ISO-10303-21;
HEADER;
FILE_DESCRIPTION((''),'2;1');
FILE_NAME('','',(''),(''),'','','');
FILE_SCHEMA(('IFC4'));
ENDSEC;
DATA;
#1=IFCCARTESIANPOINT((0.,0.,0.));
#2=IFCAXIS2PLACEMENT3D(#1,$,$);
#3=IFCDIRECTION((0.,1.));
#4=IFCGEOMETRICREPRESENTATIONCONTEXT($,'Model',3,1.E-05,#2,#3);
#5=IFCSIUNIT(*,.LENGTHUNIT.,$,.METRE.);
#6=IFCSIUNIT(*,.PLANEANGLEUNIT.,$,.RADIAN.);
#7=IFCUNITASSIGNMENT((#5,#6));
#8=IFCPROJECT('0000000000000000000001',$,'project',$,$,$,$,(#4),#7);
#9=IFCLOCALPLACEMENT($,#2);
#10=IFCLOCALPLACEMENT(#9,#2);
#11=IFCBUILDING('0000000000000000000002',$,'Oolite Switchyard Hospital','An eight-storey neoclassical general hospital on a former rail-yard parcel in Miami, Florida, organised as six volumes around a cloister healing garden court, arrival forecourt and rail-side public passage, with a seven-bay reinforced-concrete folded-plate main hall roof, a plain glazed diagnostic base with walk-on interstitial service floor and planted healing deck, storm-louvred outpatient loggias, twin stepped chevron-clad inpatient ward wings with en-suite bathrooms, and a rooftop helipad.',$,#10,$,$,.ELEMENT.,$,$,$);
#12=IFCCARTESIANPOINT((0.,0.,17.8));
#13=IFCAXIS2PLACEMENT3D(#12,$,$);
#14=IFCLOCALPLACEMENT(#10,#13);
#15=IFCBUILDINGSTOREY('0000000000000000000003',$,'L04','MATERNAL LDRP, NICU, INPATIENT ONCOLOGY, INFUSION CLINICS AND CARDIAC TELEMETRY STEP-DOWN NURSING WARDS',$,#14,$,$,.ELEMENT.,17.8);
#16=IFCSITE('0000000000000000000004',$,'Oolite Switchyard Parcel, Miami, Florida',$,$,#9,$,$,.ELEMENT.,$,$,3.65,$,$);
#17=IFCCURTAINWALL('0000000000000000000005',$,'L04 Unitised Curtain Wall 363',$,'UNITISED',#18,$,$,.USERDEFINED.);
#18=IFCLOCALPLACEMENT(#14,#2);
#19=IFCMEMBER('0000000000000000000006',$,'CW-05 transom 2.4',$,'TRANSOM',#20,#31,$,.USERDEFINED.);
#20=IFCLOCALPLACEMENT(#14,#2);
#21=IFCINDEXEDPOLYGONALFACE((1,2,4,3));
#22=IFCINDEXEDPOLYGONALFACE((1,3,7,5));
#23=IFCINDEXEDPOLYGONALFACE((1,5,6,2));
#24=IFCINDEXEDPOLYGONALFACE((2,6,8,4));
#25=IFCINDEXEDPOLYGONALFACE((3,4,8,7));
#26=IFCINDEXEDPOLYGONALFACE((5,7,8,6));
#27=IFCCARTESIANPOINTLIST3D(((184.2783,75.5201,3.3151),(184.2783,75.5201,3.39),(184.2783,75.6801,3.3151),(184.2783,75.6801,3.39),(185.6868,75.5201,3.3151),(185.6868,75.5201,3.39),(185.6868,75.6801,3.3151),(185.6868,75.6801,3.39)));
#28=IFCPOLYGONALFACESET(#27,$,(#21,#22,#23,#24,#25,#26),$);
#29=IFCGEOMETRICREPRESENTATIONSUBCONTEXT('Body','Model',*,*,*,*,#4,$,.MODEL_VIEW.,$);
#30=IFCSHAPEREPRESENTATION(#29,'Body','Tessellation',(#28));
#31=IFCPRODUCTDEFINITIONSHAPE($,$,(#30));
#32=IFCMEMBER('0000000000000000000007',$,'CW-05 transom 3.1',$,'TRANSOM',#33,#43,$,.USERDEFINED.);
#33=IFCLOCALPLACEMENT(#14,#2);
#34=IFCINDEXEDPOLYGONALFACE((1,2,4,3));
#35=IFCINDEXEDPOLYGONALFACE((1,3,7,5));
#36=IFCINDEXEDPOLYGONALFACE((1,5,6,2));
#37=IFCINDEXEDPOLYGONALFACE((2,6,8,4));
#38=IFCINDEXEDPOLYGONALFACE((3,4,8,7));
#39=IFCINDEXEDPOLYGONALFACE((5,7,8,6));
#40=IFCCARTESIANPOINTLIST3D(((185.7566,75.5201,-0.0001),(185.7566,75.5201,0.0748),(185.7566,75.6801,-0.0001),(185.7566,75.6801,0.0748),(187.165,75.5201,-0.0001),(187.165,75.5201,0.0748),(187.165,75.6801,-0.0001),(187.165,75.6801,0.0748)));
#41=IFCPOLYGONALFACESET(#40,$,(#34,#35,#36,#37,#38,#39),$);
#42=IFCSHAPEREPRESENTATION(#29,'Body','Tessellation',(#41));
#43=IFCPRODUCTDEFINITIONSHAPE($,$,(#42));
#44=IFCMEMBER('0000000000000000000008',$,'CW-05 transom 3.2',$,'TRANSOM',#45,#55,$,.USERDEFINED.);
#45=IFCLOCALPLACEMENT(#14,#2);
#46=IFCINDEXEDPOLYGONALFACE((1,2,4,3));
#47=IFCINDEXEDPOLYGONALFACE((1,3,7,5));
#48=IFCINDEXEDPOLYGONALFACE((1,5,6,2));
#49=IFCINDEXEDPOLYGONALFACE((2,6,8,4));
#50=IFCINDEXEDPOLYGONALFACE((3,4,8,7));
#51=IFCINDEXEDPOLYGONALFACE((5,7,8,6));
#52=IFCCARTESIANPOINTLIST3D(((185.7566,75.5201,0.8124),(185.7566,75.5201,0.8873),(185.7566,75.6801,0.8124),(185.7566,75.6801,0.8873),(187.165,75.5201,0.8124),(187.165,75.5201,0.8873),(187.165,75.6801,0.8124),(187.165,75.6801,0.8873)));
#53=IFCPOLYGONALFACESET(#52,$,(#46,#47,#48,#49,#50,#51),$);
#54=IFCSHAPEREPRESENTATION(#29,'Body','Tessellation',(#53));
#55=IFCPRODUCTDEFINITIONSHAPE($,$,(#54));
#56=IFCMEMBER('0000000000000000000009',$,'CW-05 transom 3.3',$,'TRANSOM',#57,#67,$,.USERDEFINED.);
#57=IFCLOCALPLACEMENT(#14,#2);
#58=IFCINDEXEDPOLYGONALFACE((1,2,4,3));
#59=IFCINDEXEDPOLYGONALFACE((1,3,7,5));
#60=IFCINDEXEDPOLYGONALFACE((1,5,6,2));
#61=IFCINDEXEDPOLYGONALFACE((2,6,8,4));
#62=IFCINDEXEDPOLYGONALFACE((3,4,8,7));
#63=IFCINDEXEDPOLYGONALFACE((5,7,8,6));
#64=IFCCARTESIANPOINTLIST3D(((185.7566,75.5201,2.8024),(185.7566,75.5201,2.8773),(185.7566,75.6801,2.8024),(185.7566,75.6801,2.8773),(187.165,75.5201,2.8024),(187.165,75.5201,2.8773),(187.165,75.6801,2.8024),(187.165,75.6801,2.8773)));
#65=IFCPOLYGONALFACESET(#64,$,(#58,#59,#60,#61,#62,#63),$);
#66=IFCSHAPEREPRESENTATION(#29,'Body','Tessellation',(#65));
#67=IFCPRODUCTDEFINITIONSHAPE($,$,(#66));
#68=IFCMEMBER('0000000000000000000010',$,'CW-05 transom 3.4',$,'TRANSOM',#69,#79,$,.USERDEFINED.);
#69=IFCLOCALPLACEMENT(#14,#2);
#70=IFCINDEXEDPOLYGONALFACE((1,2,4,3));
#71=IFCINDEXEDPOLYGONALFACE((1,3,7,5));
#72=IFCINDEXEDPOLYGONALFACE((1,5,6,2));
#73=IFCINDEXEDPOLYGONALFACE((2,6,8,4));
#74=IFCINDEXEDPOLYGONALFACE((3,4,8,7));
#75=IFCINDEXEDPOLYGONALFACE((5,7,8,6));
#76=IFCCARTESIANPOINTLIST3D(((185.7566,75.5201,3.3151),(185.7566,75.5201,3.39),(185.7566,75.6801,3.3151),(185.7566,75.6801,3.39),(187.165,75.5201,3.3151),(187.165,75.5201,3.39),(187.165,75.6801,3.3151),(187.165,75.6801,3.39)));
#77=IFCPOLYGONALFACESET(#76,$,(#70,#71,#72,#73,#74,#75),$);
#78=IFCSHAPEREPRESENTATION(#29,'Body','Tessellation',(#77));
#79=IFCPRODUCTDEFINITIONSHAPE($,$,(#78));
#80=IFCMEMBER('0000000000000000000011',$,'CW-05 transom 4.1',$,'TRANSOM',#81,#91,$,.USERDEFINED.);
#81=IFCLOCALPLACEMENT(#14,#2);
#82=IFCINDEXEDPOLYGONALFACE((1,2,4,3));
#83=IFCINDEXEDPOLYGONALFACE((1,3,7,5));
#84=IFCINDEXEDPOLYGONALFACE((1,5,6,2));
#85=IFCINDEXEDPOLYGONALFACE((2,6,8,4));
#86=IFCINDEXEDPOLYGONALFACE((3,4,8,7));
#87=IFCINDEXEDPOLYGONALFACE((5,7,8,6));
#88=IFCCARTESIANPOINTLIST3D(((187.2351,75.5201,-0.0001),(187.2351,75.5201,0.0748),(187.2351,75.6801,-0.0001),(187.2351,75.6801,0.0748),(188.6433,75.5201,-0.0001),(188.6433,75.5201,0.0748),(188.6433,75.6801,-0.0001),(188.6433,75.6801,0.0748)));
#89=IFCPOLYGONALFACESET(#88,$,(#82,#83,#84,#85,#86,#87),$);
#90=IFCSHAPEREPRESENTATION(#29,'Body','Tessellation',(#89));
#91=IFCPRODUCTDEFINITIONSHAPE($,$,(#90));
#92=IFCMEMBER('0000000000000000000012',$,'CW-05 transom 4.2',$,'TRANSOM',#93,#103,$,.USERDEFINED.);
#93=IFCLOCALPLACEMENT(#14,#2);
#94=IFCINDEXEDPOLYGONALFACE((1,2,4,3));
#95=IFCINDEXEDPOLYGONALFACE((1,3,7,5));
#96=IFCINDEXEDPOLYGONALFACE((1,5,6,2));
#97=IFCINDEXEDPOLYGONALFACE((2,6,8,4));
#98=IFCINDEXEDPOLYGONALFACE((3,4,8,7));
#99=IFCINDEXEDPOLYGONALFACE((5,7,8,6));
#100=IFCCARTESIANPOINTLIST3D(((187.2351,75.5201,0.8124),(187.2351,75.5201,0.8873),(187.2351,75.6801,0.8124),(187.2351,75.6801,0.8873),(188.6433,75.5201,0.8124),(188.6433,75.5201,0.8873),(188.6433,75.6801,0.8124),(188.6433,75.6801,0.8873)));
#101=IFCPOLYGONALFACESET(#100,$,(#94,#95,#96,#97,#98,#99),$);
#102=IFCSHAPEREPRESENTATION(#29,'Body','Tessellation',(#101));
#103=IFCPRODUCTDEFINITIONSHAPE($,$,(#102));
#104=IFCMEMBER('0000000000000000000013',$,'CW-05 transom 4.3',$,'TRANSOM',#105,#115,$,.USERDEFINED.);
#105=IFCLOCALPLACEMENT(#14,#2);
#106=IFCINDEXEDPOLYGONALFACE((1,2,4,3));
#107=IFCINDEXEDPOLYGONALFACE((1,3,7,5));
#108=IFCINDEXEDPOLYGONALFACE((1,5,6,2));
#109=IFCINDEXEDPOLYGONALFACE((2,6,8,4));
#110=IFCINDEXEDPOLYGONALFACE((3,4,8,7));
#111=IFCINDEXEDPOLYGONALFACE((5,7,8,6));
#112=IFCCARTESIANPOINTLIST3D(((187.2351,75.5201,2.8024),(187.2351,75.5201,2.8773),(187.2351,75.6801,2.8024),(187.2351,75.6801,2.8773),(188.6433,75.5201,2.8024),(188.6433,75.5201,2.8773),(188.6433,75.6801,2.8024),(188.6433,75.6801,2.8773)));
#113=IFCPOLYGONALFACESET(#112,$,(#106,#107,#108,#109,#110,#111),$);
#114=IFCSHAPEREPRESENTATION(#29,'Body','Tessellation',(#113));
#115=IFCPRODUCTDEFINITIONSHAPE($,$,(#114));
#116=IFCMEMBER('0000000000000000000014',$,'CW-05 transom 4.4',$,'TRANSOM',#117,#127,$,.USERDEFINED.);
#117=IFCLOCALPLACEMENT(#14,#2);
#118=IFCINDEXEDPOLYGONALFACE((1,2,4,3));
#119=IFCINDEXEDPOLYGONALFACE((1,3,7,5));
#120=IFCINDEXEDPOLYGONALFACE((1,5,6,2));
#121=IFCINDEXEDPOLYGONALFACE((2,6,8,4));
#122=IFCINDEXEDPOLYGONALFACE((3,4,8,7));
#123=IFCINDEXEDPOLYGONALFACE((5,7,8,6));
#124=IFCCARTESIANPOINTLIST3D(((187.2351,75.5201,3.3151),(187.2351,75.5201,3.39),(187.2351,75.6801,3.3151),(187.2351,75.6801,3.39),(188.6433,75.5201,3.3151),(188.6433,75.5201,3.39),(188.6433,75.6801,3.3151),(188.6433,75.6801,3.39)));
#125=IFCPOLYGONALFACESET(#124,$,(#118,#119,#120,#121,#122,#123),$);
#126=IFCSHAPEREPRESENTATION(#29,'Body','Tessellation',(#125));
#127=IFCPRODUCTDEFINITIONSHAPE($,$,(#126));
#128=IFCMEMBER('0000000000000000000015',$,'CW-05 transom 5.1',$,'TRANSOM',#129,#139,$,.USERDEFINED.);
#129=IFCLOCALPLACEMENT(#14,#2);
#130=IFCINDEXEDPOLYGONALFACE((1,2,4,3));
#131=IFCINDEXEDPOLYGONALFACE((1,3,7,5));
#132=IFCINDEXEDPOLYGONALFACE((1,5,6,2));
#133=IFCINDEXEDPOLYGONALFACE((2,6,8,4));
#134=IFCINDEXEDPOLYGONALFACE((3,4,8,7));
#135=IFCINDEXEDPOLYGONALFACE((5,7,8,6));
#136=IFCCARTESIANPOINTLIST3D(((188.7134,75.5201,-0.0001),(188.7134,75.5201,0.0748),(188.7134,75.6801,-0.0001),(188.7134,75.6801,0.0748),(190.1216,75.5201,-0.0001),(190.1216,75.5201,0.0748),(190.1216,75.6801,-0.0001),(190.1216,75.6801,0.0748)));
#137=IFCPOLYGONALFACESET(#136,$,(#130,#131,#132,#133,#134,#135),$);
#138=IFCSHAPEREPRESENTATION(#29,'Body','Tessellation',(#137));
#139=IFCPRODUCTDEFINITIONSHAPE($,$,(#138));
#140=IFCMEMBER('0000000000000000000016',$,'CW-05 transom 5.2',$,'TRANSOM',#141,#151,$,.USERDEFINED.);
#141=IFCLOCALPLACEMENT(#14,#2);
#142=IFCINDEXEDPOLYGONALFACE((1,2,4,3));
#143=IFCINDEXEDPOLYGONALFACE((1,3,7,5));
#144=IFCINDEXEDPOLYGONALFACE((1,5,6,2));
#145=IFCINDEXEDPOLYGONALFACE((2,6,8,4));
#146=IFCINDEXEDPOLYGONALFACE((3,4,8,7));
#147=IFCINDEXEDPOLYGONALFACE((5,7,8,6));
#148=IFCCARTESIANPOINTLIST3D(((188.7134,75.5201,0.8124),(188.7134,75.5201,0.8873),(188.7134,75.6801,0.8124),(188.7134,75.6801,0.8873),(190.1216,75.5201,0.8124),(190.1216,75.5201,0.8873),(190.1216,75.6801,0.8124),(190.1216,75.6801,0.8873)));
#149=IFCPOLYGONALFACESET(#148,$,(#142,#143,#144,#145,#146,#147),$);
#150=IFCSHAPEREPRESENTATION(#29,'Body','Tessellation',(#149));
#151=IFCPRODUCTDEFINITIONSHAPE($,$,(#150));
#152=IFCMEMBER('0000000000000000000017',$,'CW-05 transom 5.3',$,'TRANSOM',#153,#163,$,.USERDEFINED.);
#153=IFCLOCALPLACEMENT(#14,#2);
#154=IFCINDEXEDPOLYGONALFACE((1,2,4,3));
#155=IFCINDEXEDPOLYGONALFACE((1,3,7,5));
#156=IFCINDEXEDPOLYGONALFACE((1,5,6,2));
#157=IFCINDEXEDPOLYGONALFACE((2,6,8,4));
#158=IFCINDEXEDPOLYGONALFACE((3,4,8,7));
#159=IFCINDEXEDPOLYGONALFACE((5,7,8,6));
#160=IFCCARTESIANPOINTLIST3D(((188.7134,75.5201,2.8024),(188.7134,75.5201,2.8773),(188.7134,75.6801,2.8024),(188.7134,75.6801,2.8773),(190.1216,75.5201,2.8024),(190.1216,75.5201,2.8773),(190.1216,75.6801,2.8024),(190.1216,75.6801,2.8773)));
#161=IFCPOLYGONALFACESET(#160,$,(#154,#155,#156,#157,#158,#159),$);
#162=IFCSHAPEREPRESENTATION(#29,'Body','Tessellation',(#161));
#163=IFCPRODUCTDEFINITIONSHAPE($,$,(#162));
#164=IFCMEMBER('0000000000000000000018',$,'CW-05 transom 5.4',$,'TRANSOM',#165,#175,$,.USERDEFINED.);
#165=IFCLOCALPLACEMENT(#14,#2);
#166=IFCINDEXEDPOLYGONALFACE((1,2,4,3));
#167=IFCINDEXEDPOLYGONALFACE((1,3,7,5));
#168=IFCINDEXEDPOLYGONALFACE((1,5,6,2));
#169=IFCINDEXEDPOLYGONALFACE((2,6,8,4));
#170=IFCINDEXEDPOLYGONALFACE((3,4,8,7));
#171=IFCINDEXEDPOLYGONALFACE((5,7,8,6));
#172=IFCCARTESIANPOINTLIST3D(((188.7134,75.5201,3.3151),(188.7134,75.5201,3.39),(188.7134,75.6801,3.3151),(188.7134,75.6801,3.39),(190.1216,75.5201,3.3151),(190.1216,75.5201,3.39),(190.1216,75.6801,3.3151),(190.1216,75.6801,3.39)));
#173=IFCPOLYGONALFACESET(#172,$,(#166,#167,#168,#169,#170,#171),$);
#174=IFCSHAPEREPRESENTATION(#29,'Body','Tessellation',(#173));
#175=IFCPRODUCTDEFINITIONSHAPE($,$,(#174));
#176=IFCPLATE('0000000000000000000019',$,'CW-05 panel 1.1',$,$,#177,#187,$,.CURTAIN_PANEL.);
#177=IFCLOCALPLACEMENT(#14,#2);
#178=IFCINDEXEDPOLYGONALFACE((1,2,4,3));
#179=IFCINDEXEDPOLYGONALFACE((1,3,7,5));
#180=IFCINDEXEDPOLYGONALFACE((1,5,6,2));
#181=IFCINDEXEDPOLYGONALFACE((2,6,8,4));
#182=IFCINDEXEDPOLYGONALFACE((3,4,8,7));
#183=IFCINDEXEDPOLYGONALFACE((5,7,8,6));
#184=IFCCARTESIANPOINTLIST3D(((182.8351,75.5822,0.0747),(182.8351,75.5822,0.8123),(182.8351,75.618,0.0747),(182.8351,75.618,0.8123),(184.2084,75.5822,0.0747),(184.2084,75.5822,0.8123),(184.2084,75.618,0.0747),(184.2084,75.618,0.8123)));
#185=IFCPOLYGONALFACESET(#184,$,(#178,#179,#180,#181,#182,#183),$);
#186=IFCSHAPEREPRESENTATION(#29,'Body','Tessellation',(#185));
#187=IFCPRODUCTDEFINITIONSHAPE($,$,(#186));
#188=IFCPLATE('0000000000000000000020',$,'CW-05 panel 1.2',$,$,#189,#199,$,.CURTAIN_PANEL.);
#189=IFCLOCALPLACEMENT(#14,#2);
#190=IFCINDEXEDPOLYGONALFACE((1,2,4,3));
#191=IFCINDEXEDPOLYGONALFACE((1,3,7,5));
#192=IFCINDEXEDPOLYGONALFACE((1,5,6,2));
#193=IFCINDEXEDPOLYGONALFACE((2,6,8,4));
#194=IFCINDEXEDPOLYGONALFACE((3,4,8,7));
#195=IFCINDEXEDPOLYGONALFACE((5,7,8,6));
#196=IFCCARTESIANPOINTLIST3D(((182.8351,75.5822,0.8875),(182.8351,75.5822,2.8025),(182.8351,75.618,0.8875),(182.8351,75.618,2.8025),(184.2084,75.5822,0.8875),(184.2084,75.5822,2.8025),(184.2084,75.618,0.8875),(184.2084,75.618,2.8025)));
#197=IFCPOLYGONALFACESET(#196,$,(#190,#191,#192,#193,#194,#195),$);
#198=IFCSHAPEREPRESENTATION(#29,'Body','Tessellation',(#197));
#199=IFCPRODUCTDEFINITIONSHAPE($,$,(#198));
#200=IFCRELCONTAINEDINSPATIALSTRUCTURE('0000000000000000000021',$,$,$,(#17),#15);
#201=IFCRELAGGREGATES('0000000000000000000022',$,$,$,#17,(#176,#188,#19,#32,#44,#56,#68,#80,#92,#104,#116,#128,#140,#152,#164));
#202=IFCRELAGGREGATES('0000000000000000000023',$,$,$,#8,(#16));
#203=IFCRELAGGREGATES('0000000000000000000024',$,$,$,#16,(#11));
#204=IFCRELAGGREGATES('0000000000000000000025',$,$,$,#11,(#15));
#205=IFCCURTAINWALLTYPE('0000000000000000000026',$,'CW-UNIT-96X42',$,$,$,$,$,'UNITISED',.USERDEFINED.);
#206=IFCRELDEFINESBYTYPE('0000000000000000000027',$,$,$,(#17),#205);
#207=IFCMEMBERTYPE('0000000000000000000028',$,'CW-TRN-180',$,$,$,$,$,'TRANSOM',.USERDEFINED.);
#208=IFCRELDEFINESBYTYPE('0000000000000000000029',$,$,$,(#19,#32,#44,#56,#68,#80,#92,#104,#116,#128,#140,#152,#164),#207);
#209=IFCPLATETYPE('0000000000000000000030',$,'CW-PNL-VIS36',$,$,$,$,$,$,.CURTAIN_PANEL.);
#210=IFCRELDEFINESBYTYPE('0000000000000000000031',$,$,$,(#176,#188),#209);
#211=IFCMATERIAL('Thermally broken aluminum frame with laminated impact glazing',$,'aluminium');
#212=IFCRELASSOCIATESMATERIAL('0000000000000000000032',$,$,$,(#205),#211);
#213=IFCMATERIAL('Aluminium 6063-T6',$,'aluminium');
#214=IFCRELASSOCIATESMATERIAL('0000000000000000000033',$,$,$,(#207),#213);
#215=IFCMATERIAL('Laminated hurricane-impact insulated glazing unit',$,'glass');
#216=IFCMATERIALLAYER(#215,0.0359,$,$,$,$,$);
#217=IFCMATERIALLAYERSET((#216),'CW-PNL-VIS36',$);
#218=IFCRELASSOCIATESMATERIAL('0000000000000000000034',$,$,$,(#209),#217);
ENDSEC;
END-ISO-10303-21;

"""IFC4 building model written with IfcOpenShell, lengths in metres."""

from ifc_helpers import new_model, si_unit, direction, frame, origin, origin_2d, place, context, subcontext, project, spatial, rectangle, extrude, material, layer, layer_set, material_profile, profile_set, type_object, element, aggregate, save


model = new_model("IFC4")

# Units and contexts
model_context = context("Model", 3, precision=1e-05, world=origin(), true_north=direction((0.0, 1.0)))
body_context = subcontext(model_context, "Body", "Model", "MODEL_VIEW")
ifc_project = project(units=[si_unit("LENGTHUNIT", "METRE"), si_unit("PLANEANGLEUNIT", "RADIAN")], contexts=[model_context])

# Site, building, storey
site_placement = place(None, origin())
site = spatial("IfcSite", under=ifc_project, at=site_placement, Name="Oolite Switchyard Parcel, Miami, Florida", CompositionType="ELEMENT", RefElevation=3.65)
building_placement = place(site_placement, origin())
building = spatial("IfcBuilding", under=site, at=building_placement, Name="Oolite Switchyard Hospital", Description="An eight-storey neoclassical general hospital on a former rail-yard parcel in Miami, Florida, organised as six volumes around a cloister healing garden court, arrival forecourt and rail-side public passage, with a seven-bay reinforced-concrete folded-plate main hall roof, a plain glazed diagnostic base with walk-on interstitial service floor and planted healing deck, storm-louvred outpatient loggias, twin stepped chevron-clad inpatient ward wings with en-suite bathrooms, and a rooftop helipad.", CompositionType="ELEMENT")
storey_placement = place(building_placement, frame((0.0, 0.0, 17.8)))
storey = spatial("IfcBuildingStorey", under=building, at=storey_placement, Name="L04", Description="MATERNAL LDRP, NICU, INPATIENT ONCOLOGY, INFUSION CLINICS AND CARDIAC TELEMETRY STEP-DOWN NURSING WARDS", CompositionType="ELEMENT", Elevation=17.8)

# Curtain wall, members, plates
ifc_material_1 = material(Name="Thermally broken aluminum frame with laminated impact glazing", Category="aluminium")
curtain_wall_type = type_object("IfcCurtainWallType", Name="CW-UNIT-96X42", ElementType="UNITISED", PredefinedType="USERDEFINED", material=ifc_material_1)
curtain_wall_placement = place(storey_placement, origin())
curtain_wall = element("IfcCurtainWall", 1, at=curtain_wall_placement, inside=storey, type_object=curtain_wall_type, Name="L04 Unitised Curtain Wall 363", ObjectType="UNITISED", PredefinedType="USERDEFINED")
ifc_material_2 = material(Name="Aluminium 6063-T6", Category="aluminium")
ifc_material_profile_1 = material_profile(ifc_material_2, rectangle(XDim=0.1599, YDim=0.075, at=origin_2d()), Name="CWT75X160")
ifc_profile_set_1 = profile_set([ifc_material_profile_1], Name="Aluminium 6063-T6")
member_type_1 = type_object("IfcMemberType", Name="CW-TRN-180", ElementType="TRANSOM", PredefinedType="USERDEFINED", material=ifc_profile_set_1)
member_1_placement = place(storey_placement, frame((184.2783, 75.6001, 3.3525), z_axis=(1.0, 0.0, 0.0), x_axis=(0.0, 1.0, 0.0)))
member_1 = element("IfcMember", 2, at=member_1_placement, type_object=member_type_1, Name="CW-05 transom 2.4", ObjectType="TRANSOM", PredefinedType="USERDEFINED", context=body_context, shape_type="SweptSolid", body=[
    extrude(rectangle(XDim=0.1599, YDim=0.075, at=origin_2d()), origin(), (0.0, 0.0, 1.0), 1.4084),
])
member_2_placement = place(storey_placement, frame((185.7566, 75.6001, 0.0374), z_axis=(1.0, 0.0, 0.0), x_axis=(0.0, 1.0, 0.0)))
member_2 = element("IfcMember", 3, at=member_2_placement, type_object=member_type_1, Name="CW-05 transom 3.1", ObjectType="TRANSOM", PredefinedType="USERDEFINED", context=body_context, shape_type="SweptSolid", body=[
    extrude(rectangle(XDim=0.1599, YDim=0.075, at=origin_2d()), origin(), (0.0, 0.0, 1.0), 1.4084),
])
member_3_placement = place(storey_placement, frame((185.7566, 75.6001, 0.8499), z_axis=(1.0, 0.0, 0.0), x_axis=(0.0, 1.0, 0.0)))
member_3 = element("IfcMember", 4, at=member_3_placement, type_object=member_type_1, Name="CW-05 transom 3.2", ObjectType="TRANSOM", PredefinedType="USERDEFINED", context=body_context, shape_type="SweptSolid", body=[
    extrude(rectangle(XDim=0.1599, YDim=0.075, at=origin_2d()), origin(), (0.0, 0.0, 1.0), 1.4084),
])
member_4_placement = place(storey_placement, frame((185.7566, 75.6001, 2.8398), z_axis=(1.0, 0.0, 0.0), x_axis=(0.0, 1.0, 0.0)))
member_4 = element("IfcMember", 5, at=member_4_placement, type_object=member_type_1, Name="CW-05 transom 3.3", ObjectType="TRANSOM", PredefinedType="USERDEFINED", context=body_context, shape_type="SweptSolid", body=[
    extrude(rectangle(XDim=0.1599, YDim=0.075, at=origin_2d()), origin(), (0.0, 0.0, 1.0), 1.4084),
])
member_5_placement = place(storey_placement, frame((185.7566, 75.6001, 3.3525), z_axis=(1.0, 0.0, 0.0), x_axis=(0.0, 1.0, 0.0)))
member_5 = element("IfcMember", 6, at=member_5_placement, type_object=member_type_1, Name="CW-05 transom 3.4", ObjectType="TRANSOM", PredefinedType="USERDEFINED", context=body_context, shape_type="SweptSolid", body=[
    extrude(rectangle(XDim=0.1599, YDim=0.075, at=origin_2d()), origin(), (0.0, 0.0, 1.0), 1.4084),
])
member_6_placement = place(storey_placement, frame((187.2351, 75.6001, 0.0374), z_axis=(1.0, 0.0, 0.0), x_axis=(0.0, 1.0, 0.0)))
member_6 = element("IfcMember", 7, at=member_6_placement, type_object=member_type_1, Name="CW-05 transom 4.1", ObjectType="TRANSOM", PredefinedType="USERDEFINED", context=body_context, shape_type="SweptSolid", body=[
    extrude(rectangle(XDim=0.1599, YDim=0.075, at=origin_2d()), origin(), (0.0, 0.0, 1.0), 1.4082),
])
member_7_placement = place(storey_placement, frame((187.2351, 75.6001, 0.8499), z_axis=(1.0, 0.0, 0.0), x_axis=(0.0, 1.0, 0.0)))
member_7 = element("IfcMember", 8, at=member_7_placement, type_object=member_type_1, Name="CW-05 transom 4.2", ObjectType="TRANSOM", PredefinedType="USERDEFINED", context=body_context, shape_type="SweptSolid", body=[
    extrude(rectangle(XDim=0.1599, YDim=0.075, at=origin_2d()), origin(), (0.0, 0.0, 1.0), 1.4082),
])
member_8_placement = place(storey_placement, frame((187.2351, 75.6001, 2.8398), z_axis=(1.0, 0.0, 0.0), x_axis=(0.0, 1.0, 0.0)))
member_8 = element("IfcMember", 9, at=member_8_placement, type_object=member_type_1, Name="CW-05 transom 4.3", ObjectType="TRANSOM", PredefinedType="USERDEFINED", context=body_context, shape_type="SweptSolid", body=[
    extrude(rectangle(XDim=0.1599, YDim=0.075, at=origin_2d()), origin(), (0.0, 0.0, 1.0), 1.4082),
])
member_9_placement = place(storey_placement, frame((187.2351, 75.6001, 3.3525), z_axis=(1.0, 0.0, 0.0), x_axis=(0.0, 1.0, 0.0)))
member_9 = element("IfcMember", 10, at=member_9_placement, type_object=member_type_1, Name="CW-05 transom 4.4", ObjectType="TRANSOM", PredefinedType="USERDEFINED", context=body_context, shape_type="SweptSolid", body=[
    extrude(rectangle(XDim=0.1599, YDim=0.075, at=origin_2d()), origin(), (0.0, 0.0, 1.0), 1.4082),
])
member_10_placement = place(storey_placement, frame((188.7134, 75.6001, 0.0374), z_axis=(1.0, 0.0, 0.0), x_axis=(0.0, 1.0, 0.0)))
member_10 = element("IfcMember", 11, at=member_10_placement, type_object=member_type_1, Name="CW-05 transom 5.1", ObjectType="TRANSOM", PredefinedType="USERDEFINED", context=body_context, shape_type="SweptSolid", body=[
    extrude(rectangle(XDim=0.1599, YDim=0.075, at=origin_2d()), origin(), (0.0, 0.0, 1.0), 1.4082),
])
member_11_placement = place(storey_placement, frame((188.7134, 75.6001, 0.8499), z_axis=(1.0, 0.0, 0.0), x_axis=(0.0, 1.0, 0.0)))
member_11 = element("IfcMember", 12, at=member_11_placement, type_object=member_type_1, Name="CW-05 transom 5.2", ObjectType="TRANSOM", PredefinedType="USERDEFINED", context=body_context, shape_type="SweptSolid", body=[
    extrude(rectangle(XDim=0.1599, YDim=0.075, at=origin_2d()), origin(), (0.0, 0.0, 1.0), 1.4082),
])
member_12_placement = place(storey_placement, frame((188.7134, 75.6001, 2.8398), z_axis=(1.0, 0.0, 0.0), x_axis=(0.0, 1.0, 0.0)))
member_12 = element("IfcMember", 13, at=member_12_placement, type_object=member_type_1, Name="CW-05 transom 5.3", ObjectType="TRANSOM", PredefinedType="USERDEFINED", context=body_context, shape_type="SweptSolid", body=[
    extrude(rectangle(XDim=0.1599, YDim=0.075, at=origin_2d()), origin(), (0.0, 0.0, 1.0), 1.4082),
])
member_13_placement = place(storey_placement, frame((188.7134, 75.6001, 3.3525), z_axis=(1.0, 0.0, 0.0), x_axis=(0.0, 1.0, 0.0)))
member_13 = element("IfcMember", 14, at=member_13_placement, type_object=member_type_1, Name="CW-05 transom 5.4", ObjectType="TRANSOM", PredefinedType="USERDEFINED", context=body_context, shape_type="SweptSolid", body=[
    extrude(rectangle(XDim=0.1599, YDim=0.075, at=origin_2d()), origin(), (0.0, 0.0, 1.0), 1.4082),
])
ifc_material_3 = material(Name="Laminated hurricane-impact insulated glazing unit", Category="glass")
ifc_layer = layer(ifc_material_3, 0.0359)
ifc_layer_set = layer_set([ifc_layer], Name="CW-PNL-VIS36")
plate_type = type_object("IfcPlateType", Name="CW-PNL-VIS36", PredefinedType="CURTAIN_PANEL", material=ifc_layer_set)
plate_1_placement = place(storey_placement, frame((183.5217, 75.6001, 0.0747), z_axis=(0.0, 0.0, 1.0), x_axis=(1.0, 0.0, 0.0)))
plate_1 = element("IfcPlate", 15, at=plate_1_placement, type_object=plate_type, Name="CW-05 panel 1.1", PredefinedType="CURTAIN_PANEL", context=body_context, shape_type="SweptSolid", body=[
    extrude(rectangle(XDim=1.3733, YDim=0.0359, at=origin_2d()), origin(), (0.0, 0.0, 1.0), 0.7375),
])
plate_2_placement = place(storey_placement, frame((183.5217, 75.6001, 0.8875), z_axis=(0.0, 0.0, 1.0), x_axis=(1.0, 0.0, 0.0)))
plate_2 = element("IfcPlate", 16, at=plate_2_placement, type_object=plate_type, Name="CW-05 panel 1.2", PredefinedType="CURTAIN_PANEL", context=body_context, shape_type="SweptSolid", body=[
    extrude(rectangle(XDim=1.3733, YDim=0.0359, at=origin_2d()), origin(), (0.0, 0.0, 1.0), 1.915),
])
aggregate(curtain_wall, [plate_1, plate_2, member_1, member_2, member_3, member_4, member_5, member_6, member_7, member_8, member_9, member_10, member_11, member_12, member_13])

save(model, "model.ifc")
